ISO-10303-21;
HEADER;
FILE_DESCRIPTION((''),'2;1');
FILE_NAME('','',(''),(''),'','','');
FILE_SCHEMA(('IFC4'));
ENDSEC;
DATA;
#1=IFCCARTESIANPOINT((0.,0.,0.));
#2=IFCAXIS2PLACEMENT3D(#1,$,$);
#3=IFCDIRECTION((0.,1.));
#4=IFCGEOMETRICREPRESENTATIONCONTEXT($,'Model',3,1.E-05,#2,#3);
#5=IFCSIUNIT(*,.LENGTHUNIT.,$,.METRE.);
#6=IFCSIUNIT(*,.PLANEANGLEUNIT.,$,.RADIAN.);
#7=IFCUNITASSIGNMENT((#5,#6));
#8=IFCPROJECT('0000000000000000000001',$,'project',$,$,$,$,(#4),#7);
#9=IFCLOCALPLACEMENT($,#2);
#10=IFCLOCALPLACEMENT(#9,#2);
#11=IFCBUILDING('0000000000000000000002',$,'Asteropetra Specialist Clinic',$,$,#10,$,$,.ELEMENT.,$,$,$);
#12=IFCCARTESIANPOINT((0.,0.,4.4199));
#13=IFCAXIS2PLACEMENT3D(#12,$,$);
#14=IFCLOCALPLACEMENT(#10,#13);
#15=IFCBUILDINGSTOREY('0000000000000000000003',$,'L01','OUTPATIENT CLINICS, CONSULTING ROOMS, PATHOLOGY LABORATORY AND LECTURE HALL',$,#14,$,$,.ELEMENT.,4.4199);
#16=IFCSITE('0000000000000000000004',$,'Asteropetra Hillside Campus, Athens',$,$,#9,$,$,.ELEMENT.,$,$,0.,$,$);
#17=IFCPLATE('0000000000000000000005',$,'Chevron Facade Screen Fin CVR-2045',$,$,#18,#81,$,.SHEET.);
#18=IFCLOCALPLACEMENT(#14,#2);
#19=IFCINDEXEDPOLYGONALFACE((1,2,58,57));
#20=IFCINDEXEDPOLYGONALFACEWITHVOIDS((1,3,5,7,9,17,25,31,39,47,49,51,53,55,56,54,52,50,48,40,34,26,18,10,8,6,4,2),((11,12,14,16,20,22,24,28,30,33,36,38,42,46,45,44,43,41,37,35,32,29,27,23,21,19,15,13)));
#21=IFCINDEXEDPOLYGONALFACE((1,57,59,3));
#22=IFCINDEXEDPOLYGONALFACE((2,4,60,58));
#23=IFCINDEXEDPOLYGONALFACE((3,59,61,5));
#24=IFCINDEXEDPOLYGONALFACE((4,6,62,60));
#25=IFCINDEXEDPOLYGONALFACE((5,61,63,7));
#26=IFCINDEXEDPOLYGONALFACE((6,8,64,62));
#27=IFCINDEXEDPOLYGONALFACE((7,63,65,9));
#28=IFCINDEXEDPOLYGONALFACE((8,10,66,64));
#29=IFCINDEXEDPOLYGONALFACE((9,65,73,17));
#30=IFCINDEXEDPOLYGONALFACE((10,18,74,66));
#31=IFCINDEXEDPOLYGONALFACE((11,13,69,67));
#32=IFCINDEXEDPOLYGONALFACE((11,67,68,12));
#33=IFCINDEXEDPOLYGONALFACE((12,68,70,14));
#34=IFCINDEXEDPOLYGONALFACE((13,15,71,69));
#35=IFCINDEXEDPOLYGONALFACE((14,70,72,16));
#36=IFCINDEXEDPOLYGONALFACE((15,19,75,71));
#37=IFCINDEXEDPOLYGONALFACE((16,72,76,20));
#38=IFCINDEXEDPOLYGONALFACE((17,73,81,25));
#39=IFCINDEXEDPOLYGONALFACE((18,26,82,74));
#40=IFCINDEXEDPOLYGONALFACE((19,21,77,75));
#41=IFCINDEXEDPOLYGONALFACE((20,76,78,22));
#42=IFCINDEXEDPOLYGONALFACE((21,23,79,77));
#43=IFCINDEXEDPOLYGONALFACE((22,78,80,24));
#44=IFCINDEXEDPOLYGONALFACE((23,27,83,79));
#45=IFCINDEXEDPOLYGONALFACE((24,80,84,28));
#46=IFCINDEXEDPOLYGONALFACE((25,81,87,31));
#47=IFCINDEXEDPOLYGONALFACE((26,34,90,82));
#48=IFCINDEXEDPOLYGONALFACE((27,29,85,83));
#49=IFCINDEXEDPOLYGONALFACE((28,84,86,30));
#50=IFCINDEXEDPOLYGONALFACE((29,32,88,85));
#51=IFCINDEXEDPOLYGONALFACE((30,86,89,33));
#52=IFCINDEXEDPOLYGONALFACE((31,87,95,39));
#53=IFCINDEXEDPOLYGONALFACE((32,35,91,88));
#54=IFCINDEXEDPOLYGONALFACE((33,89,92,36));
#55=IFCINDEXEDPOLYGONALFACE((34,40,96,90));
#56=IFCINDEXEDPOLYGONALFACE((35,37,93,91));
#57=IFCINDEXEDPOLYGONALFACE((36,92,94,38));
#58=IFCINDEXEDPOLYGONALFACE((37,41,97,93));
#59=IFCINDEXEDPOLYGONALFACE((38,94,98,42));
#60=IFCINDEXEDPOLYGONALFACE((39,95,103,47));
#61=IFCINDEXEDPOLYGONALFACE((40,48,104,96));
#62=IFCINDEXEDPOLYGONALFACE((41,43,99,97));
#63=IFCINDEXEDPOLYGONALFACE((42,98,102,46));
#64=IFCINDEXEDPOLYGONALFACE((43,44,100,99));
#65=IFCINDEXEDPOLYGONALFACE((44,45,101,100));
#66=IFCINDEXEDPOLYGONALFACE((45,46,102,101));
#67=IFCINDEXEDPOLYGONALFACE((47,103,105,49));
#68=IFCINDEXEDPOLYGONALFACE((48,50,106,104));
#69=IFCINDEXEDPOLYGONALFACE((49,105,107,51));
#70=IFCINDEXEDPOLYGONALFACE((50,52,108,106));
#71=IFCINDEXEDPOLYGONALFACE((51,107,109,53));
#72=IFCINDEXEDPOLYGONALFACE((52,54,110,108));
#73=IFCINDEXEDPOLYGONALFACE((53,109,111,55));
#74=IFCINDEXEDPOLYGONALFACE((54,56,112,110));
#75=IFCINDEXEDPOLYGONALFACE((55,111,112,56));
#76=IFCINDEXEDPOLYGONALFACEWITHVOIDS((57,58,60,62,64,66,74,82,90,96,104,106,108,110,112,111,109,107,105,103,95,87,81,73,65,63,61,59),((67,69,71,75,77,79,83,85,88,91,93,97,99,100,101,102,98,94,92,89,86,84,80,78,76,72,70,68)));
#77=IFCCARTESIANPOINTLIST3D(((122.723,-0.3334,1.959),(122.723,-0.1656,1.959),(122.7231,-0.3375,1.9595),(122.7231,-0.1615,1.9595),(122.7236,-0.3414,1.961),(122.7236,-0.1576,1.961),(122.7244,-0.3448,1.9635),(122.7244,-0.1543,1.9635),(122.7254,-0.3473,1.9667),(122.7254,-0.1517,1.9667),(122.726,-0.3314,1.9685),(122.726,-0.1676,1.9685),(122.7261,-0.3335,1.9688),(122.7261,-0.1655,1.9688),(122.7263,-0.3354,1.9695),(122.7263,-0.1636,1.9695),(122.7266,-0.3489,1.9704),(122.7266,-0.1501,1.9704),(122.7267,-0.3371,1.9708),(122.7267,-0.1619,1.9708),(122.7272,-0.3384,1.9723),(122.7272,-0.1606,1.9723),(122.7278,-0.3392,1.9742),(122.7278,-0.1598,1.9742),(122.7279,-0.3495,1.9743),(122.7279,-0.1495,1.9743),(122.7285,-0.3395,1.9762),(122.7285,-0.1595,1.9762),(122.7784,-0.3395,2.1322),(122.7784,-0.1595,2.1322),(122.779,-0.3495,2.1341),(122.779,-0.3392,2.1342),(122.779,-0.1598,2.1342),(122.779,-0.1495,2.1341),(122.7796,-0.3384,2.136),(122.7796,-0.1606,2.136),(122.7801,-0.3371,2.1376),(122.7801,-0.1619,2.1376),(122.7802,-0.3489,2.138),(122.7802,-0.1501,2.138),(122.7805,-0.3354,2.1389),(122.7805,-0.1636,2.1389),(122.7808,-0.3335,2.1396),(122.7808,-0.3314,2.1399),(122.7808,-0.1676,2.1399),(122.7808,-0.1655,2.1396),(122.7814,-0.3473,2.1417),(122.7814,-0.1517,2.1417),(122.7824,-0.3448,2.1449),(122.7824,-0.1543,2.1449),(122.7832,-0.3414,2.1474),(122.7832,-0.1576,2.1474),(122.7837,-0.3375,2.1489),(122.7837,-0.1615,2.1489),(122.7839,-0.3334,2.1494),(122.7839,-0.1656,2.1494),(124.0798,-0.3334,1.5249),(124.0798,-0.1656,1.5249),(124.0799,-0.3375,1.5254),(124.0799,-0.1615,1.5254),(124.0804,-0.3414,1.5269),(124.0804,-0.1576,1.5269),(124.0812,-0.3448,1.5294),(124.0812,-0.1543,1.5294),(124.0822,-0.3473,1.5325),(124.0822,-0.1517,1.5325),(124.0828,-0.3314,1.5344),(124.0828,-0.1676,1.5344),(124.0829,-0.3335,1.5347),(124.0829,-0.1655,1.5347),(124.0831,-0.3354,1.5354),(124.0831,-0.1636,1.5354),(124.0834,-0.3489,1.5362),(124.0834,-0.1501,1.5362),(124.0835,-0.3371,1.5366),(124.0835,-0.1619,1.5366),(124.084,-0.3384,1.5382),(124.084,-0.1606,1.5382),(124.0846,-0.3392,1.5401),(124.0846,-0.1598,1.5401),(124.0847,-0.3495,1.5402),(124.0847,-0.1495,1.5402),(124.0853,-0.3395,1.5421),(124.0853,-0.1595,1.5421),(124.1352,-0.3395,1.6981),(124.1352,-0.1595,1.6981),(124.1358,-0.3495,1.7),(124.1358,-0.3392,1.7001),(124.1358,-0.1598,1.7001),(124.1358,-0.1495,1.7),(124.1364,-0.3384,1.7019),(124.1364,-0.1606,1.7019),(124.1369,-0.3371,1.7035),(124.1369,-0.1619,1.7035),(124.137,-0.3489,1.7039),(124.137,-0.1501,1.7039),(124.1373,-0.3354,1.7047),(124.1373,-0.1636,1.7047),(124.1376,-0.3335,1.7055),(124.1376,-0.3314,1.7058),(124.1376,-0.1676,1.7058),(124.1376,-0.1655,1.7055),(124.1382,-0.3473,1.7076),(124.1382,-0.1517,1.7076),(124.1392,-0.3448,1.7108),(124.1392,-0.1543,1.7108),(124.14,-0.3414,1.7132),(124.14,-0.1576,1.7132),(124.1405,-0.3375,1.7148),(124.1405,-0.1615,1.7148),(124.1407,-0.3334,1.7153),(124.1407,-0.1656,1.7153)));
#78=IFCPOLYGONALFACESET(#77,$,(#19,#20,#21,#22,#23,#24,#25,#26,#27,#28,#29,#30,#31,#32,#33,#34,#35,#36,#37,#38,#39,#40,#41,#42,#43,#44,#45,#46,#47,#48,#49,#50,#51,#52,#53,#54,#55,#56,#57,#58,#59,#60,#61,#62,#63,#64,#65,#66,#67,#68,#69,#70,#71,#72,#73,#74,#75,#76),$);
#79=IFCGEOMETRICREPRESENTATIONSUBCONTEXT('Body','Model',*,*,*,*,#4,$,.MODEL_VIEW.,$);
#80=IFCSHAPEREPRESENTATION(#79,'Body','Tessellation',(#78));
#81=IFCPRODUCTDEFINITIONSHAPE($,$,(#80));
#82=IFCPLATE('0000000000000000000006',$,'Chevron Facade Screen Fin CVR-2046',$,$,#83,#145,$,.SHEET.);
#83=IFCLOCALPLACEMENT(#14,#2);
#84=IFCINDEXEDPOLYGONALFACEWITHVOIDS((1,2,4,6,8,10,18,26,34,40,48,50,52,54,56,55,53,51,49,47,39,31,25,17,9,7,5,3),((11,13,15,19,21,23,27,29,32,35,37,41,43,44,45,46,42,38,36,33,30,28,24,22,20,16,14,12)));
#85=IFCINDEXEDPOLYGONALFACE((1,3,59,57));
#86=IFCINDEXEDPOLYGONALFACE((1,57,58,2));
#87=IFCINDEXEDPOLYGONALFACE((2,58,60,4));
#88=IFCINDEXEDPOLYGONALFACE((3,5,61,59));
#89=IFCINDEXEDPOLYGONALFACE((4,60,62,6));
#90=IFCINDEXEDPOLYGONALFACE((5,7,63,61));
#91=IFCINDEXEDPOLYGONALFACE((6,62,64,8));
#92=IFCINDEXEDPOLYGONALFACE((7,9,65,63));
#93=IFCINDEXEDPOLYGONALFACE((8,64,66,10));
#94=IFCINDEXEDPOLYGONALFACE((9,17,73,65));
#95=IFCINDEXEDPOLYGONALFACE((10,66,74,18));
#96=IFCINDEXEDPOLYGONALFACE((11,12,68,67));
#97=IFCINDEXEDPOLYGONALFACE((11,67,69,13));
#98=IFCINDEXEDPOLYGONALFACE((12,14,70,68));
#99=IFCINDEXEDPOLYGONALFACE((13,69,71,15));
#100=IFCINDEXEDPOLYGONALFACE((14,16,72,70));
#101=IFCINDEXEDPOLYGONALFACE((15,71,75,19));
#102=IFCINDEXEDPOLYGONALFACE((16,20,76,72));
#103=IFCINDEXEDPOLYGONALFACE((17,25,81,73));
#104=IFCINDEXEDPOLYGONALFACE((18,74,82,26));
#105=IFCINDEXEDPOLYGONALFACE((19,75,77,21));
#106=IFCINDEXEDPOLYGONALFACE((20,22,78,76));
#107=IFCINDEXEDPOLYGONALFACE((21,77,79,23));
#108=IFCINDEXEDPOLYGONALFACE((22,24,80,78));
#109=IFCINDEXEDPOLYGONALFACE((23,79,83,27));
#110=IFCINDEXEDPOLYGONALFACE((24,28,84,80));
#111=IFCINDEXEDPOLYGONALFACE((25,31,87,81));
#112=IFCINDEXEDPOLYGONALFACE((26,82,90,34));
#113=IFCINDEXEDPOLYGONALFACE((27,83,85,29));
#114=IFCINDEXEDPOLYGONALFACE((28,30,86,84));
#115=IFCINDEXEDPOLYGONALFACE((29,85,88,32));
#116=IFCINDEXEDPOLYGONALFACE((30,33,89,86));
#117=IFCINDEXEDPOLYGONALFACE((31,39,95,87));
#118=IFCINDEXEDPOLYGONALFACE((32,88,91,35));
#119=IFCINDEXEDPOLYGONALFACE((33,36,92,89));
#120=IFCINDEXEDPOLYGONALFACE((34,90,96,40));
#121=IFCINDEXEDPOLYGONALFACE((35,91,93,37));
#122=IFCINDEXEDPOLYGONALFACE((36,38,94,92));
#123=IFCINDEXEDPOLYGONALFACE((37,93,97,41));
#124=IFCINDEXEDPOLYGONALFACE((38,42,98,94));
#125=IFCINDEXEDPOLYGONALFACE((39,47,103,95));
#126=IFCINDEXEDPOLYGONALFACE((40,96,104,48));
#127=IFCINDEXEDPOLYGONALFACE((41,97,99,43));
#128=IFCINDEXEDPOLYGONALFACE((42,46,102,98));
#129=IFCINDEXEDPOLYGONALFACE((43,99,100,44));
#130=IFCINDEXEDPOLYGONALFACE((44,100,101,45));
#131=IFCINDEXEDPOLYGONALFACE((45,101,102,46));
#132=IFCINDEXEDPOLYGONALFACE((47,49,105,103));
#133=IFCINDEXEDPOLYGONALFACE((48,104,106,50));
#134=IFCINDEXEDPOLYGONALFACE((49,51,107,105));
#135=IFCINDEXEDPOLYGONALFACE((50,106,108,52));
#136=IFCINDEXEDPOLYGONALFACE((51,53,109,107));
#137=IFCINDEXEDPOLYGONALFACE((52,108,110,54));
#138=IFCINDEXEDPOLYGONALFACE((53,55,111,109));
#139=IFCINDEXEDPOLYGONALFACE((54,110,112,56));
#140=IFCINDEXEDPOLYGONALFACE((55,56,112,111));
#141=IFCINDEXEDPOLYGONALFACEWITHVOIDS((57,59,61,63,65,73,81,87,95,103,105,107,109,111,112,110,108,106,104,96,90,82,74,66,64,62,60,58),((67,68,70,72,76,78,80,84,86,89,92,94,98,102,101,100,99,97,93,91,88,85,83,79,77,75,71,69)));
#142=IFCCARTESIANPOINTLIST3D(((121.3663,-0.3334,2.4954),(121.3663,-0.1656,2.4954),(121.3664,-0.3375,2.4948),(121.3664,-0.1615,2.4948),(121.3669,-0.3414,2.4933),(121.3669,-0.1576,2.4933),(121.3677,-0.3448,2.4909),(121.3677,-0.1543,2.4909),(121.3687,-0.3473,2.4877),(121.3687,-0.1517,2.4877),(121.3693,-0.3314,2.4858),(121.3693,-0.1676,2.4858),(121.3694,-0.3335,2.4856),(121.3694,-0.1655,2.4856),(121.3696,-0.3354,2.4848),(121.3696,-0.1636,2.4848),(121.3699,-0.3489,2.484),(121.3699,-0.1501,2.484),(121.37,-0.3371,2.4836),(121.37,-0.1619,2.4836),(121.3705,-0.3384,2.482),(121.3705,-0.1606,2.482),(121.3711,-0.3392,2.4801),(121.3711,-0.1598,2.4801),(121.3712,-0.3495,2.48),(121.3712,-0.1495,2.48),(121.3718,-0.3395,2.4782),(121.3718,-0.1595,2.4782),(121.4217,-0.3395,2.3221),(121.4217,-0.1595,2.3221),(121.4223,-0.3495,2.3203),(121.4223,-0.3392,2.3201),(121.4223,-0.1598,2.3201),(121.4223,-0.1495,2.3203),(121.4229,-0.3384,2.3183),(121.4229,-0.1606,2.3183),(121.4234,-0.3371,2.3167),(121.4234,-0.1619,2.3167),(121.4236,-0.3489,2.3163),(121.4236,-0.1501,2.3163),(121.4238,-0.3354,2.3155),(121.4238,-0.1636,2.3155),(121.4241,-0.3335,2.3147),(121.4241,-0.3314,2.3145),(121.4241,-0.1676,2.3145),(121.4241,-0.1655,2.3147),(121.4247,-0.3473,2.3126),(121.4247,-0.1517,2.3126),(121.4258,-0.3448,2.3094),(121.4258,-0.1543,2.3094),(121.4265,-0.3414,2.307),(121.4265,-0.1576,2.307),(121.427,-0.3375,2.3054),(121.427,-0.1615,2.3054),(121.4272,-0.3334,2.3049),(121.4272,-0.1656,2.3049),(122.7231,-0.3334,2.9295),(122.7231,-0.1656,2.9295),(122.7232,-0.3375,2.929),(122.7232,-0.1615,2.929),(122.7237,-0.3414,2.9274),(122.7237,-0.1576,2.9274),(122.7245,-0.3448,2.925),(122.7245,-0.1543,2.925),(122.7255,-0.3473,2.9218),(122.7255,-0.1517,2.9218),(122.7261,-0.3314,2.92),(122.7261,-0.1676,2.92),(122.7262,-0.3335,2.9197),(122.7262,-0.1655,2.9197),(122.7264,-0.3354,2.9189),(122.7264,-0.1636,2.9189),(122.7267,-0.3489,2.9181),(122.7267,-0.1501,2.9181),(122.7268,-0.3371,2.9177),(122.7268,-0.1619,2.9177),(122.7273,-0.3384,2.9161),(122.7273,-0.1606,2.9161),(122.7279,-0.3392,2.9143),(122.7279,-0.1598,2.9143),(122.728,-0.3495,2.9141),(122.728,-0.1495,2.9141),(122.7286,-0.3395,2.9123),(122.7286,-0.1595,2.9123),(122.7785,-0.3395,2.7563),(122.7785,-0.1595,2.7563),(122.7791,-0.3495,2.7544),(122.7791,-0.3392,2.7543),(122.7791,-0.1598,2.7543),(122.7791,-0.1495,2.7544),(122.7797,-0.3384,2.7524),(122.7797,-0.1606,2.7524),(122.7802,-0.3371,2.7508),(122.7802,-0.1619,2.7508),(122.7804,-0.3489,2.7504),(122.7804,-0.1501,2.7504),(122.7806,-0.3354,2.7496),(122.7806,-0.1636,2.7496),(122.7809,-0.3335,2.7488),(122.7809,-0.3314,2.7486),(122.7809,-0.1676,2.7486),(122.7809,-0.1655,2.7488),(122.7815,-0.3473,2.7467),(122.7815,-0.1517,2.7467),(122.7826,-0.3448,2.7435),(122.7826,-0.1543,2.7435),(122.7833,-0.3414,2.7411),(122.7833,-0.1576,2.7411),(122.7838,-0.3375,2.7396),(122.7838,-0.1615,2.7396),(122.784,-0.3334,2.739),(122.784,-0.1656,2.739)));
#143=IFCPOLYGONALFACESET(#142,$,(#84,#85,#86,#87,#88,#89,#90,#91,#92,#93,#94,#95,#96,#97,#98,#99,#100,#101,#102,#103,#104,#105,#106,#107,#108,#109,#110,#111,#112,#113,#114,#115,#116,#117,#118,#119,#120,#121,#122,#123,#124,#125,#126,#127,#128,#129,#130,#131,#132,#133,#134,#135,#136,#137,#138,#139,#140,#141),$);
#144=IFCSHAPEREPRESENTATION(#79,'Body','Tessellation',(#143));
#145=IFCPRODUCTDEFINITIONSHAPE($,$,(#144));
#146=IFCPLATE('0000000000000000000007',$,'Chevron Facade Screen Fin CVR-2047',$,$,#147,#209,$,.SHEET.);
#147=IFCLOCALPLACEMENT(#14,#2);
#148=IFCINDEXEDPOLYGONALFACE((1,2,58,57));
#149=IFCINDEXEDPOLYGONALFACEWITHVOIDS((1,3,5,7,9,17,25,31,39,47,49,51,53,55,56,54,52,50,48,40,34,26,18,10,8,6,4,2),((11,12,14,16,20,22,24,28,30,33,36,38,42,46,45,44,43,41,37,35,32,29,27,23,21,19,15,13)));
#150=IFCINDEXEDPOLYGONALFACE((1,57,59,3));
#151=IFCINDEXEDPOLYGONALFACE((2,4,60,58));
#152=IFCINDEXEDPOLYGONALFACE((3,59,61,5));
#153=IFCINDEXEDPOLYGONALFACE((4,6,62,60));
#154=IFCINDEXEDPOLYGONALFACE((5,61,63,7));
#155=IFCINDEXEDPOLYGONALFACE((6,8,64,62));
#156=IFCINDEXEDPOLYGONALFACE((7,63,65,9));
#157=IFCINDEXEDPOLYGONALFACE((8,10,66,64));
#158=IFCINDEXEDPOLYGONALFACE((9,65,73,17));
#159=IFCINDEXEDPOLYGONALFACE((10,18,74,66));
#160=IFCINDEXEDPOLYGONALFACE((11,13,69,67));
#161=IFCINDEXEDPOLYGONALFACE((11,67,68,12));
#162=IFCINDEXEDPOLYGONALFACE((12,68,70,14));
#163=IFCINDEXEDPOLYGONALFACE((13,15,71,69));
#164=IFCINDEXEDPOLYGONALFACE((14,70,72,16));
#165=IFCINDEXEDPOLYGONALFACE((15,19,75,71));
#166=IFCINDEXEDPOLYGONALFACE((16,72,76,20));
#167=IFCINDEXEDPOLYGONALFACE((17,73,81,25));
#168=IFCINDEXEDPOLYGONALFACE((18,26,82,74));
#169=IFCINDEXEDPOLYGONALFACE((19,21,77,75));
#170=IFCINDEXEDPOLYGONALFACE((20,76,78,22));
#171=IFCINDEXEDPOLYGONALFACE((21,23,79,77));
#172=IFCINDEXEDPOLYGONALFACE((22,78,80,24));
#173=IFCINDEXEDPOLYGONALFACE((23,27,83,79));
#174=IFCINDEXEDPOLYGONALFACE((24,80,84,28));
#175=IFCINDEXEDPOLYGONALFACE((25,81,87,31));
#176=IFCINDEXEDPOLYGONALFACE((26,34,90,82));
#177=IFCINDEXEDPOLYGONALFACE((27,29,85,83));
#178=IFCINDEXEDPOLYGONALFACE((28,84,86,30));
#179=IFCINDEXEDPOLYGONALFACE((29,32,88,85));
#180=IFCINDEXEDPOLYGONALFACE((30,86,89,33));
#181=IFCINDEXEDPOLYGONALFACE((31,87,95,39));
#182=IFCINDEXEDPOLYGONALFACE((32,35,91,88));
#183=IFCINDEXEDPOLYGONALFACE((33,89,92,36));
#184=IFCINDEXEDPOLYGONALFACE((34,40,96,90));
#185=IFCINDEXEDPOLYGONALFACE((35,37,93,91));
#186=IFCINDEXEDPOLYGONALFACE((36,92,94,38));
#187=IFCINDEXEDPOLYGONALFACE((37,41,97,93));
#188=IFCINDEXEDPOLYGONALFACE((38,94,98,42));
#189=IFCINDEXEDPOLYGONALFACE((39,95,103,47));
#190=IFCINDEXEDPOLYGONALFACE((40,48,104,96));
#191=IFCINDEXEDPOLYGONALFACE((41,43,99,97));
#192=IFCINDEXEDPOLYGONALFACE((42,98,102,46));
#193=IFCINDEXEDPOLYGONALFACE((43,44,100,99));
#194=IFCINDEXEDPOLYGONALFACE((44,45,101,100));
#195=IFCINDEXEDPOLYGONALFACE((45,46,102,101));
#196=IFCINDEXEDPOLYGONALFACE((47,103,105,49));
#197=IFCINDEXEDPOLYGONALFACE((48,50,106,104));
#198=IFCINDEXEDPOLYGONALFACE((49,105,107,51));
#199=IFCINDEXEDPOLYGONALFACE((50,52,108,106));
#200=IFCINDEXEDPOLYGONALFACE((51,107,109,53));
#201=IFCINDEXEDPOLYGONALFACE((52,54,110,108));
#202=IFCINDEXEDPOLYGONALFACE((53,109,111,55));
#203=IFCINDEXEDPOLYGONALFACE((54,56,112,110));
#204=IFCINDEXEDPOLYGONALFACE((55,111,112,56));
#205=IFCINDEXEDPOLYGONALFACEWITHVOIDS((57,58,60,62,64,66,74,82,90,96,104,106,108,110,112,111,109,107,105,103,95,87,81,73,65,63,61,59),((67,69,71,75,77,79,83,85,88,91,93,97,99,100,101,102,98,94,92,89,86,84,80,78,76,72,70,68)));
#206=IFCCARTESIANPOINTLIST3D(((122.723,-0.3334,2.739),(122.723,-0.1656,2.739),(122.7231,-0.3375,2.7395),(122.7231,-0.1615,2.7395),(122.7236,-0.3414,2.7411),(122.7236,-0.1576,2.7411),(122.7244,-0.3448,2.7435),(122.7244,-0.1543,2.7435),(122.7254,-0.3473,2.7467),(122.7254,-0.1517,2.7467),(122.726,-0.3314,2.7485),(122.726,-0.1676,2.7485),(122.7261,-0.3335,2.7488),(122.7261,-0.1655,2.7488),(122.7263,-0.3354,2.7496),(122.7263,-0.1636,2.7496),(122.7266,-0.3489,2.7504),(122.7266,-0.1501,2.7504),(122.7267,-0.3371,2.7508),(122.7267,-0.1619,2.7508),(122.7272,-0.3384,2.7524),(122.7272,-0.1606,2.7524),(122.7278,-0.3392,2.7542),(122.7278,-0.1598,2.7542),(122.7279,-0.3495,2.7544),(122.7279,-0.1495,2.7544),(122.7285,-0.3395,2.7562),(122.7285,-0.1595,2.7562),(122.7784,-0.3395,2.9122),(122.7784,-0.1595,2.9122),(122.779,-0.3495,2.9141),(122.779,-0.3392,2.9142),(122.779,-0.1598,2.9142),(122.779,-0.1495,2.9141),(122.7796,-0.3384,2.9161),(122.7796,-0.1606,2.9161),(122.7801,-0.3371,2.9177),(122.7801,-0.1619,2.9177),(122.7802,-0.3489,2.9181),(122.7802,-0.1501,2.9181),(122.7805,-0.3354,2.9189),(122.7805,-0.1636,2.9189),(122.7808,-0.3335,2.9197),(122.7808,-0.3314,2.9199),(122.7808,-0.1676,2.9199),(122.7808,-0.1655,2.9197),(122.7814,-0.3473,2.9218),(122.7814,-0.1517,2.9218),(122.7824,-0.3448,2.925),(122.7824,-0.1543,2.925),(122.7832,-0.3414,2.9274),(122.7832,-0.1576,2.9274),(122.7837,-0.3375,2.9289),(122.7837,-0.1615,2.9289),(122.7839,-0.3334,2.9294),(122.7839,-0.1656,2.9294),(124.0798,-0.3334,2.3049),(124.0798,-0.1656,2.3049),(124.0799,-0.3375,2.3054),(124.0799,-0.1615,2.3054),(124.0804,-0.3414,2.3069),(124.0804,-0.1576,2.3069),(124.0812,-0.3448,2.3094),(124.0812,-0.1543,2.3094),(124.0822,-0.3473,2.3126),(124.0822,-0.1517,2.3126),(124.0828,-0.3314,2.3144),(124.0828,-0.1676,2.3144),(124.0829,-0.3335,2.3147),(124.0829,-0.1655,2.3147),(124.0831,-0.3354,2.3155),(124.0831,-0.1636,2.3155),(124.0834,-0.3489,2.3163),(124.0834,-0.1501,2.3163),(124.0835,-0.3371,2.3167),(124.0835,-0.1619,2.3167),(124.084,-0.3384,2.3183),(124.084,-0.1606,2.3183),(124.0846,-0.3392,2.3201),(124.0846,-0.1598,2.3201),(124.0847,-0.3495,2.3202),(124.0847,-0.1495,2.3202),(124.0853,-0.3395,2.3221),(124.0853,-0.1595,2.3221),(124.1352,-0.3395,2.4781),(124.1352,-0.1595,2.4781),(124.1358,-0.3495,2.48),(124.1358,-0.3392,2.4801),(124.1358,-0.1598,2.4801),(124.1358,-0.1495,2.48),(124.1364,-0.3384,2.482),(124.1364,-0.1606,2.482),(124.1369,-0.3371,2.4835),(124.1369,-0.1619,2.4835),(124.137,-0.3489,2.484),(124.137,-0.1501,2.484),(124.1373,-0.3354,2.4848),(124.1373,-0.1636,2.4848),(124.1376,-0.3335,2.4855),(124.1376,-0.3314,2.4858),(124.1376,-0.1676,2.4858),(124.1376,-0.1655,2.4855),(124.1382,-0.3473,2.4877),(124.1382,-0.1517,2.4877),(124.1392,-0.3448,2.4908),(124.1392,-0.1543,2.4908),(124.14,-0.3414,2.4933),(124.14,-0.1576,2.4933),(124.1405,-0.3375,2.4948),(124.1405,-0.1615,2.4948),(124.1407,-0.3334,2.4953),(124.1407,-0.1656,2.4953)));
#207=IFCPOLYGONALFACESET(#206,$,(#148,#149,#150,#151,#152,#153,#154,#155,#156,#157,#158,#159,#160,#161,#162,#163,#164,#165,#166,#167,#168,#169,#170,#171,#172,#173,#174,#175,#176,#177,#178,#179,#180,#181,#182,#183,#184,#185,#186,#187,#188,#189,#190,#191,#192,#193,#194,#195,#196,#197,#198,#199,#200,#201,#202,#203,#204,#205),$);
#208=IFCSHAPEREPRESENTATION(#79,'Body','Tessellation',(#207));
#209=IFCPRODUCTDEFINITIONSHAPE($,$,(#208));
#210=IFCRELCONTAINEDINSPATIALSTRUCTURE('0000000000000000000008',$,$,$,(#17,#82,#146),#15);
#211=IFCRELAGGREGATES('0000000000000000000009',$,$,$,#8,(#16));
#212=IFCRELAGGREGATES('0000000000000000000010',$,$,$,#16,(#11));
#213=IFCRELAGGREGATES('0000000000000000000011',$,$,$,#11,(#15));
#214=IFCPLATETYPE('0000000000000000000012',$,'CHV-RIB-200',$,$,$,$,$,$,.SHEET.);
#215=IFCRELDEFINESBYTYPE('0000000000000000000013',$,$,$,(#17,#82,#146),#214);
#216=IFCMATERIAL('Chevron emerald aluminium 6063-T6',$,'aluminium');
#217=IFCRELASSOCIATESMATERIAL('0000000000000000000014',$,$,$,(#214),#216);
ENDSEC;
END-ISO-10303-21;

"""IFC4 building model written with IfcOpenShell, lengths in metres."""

from ifc_helpers import new_model, si_unit, direction, frame, origin, origin_2d, place, context, subcontext, project, spatial, hollow_rectangle, extrude, material, material_profile, profile_set, type_object, element, save


model = new_model("IFC4")

# Units and contexts
model_context = context("Model", 3, precision=1e-05, world=origin(), true_north=direction((0.0, 1.0)))
body_context = subcontext(model_context, "Body", "Model", "MODEL_VIEW")
ifc_project = project(units=[si_unit("LENGTHUNIT", "METRE"), si_unit("PLANEANGLEUNIT", "RADIAN")], contexts=[model_context])

# Site, building, storey
site_placement = place(None, origin())
site = spatial("IfcSite", under=ifc_project, at=site_placement, Name="Asteropetra Hillside Campus, Athens", CompositionType="ELEMENT", RefElevation=0.0)
building_placement = place(site_placement, origin())
building = spatial("IfcBuilding", under=site, at=building_placement, Name="Asteropetra Specialist Clinic", CompositionType="ELEMENT")
storey_placement = place(building_placement, frame((0.0, 0.0, 4.4199)))
storey = spatial("IfcBuildingStorey", under=building, at=storey_placement, Name="L01", Description="OUTPATIENT CLINICS, CONSULTING ROOMS, PATHOLOGY LABORATORY AND LECTURE HALL", CompositionType="ELEMENT", Elevation=4.4199)

# Plates
ifc_material_1 = material(Name="Chevron emerald aluminium 6063-T6", Category="aluminium")
ifc_material_profile_1 = material_profile(ifc_material_1, hollow_rectangle(XDim=0.2, YDim=0.2, WallThickness=0.01, InnerFilletRadius=0.0081, OuterFilletRadius=0.0161, at=origin_2d()), Name="SHS 200x200x10.0")
ifc_profile_set_1 = profile_set([ifc_material_profile_1], Name="Chevron emerald aluminium 6063-T6")
plate_type = type_object("IfcPlateType", Name="CHV-RIB-200", PredefinedType="SHEET", material=ifc_profile_set_1)
for number, where, z_axis, x_axis, name in (
    (1, (122.7534, -0.2495, 2.0542), (0.952436, 0.0, -0.304738), (0.0, 1.0, 0.0), "Chevron Facade Screen Fin CVR-2045"),
    (2, (121.3967, -0.2495, 2.4001), (0.952436, 0.0, 0.304738), (0.0, 1.0, 0.0), "Chevron Facade Screen Fin CVR-2046"),
    (3, (122.7534, -0.2495, 2.8342), (0.952436, 0.0, -0.304738), (0.0, 1.0, 0.0), "Chevron Facade Screen Fin CVR-2047"),
):
    element("IfcPlate", number, at=place(storey_placement, frame(where, z_axis=z_axis, x_axis=x_axis)), inside=storey, type_object=plate_type, Name=name, PredefinedType="SHEET", context=body_context, shape_type="SweptSolid", body=[
        extrude(hollow_rectangle(XDim=0.2, YDim=0.2, WallThickness=0.01, InnerFilletRadius=0.0081, OuterFilletRadius=0.0161, at=origin_2d()), origin(), (0.0, 0.0, 1.0), 1.4246),
    ])

save(model, "model.ifc")
